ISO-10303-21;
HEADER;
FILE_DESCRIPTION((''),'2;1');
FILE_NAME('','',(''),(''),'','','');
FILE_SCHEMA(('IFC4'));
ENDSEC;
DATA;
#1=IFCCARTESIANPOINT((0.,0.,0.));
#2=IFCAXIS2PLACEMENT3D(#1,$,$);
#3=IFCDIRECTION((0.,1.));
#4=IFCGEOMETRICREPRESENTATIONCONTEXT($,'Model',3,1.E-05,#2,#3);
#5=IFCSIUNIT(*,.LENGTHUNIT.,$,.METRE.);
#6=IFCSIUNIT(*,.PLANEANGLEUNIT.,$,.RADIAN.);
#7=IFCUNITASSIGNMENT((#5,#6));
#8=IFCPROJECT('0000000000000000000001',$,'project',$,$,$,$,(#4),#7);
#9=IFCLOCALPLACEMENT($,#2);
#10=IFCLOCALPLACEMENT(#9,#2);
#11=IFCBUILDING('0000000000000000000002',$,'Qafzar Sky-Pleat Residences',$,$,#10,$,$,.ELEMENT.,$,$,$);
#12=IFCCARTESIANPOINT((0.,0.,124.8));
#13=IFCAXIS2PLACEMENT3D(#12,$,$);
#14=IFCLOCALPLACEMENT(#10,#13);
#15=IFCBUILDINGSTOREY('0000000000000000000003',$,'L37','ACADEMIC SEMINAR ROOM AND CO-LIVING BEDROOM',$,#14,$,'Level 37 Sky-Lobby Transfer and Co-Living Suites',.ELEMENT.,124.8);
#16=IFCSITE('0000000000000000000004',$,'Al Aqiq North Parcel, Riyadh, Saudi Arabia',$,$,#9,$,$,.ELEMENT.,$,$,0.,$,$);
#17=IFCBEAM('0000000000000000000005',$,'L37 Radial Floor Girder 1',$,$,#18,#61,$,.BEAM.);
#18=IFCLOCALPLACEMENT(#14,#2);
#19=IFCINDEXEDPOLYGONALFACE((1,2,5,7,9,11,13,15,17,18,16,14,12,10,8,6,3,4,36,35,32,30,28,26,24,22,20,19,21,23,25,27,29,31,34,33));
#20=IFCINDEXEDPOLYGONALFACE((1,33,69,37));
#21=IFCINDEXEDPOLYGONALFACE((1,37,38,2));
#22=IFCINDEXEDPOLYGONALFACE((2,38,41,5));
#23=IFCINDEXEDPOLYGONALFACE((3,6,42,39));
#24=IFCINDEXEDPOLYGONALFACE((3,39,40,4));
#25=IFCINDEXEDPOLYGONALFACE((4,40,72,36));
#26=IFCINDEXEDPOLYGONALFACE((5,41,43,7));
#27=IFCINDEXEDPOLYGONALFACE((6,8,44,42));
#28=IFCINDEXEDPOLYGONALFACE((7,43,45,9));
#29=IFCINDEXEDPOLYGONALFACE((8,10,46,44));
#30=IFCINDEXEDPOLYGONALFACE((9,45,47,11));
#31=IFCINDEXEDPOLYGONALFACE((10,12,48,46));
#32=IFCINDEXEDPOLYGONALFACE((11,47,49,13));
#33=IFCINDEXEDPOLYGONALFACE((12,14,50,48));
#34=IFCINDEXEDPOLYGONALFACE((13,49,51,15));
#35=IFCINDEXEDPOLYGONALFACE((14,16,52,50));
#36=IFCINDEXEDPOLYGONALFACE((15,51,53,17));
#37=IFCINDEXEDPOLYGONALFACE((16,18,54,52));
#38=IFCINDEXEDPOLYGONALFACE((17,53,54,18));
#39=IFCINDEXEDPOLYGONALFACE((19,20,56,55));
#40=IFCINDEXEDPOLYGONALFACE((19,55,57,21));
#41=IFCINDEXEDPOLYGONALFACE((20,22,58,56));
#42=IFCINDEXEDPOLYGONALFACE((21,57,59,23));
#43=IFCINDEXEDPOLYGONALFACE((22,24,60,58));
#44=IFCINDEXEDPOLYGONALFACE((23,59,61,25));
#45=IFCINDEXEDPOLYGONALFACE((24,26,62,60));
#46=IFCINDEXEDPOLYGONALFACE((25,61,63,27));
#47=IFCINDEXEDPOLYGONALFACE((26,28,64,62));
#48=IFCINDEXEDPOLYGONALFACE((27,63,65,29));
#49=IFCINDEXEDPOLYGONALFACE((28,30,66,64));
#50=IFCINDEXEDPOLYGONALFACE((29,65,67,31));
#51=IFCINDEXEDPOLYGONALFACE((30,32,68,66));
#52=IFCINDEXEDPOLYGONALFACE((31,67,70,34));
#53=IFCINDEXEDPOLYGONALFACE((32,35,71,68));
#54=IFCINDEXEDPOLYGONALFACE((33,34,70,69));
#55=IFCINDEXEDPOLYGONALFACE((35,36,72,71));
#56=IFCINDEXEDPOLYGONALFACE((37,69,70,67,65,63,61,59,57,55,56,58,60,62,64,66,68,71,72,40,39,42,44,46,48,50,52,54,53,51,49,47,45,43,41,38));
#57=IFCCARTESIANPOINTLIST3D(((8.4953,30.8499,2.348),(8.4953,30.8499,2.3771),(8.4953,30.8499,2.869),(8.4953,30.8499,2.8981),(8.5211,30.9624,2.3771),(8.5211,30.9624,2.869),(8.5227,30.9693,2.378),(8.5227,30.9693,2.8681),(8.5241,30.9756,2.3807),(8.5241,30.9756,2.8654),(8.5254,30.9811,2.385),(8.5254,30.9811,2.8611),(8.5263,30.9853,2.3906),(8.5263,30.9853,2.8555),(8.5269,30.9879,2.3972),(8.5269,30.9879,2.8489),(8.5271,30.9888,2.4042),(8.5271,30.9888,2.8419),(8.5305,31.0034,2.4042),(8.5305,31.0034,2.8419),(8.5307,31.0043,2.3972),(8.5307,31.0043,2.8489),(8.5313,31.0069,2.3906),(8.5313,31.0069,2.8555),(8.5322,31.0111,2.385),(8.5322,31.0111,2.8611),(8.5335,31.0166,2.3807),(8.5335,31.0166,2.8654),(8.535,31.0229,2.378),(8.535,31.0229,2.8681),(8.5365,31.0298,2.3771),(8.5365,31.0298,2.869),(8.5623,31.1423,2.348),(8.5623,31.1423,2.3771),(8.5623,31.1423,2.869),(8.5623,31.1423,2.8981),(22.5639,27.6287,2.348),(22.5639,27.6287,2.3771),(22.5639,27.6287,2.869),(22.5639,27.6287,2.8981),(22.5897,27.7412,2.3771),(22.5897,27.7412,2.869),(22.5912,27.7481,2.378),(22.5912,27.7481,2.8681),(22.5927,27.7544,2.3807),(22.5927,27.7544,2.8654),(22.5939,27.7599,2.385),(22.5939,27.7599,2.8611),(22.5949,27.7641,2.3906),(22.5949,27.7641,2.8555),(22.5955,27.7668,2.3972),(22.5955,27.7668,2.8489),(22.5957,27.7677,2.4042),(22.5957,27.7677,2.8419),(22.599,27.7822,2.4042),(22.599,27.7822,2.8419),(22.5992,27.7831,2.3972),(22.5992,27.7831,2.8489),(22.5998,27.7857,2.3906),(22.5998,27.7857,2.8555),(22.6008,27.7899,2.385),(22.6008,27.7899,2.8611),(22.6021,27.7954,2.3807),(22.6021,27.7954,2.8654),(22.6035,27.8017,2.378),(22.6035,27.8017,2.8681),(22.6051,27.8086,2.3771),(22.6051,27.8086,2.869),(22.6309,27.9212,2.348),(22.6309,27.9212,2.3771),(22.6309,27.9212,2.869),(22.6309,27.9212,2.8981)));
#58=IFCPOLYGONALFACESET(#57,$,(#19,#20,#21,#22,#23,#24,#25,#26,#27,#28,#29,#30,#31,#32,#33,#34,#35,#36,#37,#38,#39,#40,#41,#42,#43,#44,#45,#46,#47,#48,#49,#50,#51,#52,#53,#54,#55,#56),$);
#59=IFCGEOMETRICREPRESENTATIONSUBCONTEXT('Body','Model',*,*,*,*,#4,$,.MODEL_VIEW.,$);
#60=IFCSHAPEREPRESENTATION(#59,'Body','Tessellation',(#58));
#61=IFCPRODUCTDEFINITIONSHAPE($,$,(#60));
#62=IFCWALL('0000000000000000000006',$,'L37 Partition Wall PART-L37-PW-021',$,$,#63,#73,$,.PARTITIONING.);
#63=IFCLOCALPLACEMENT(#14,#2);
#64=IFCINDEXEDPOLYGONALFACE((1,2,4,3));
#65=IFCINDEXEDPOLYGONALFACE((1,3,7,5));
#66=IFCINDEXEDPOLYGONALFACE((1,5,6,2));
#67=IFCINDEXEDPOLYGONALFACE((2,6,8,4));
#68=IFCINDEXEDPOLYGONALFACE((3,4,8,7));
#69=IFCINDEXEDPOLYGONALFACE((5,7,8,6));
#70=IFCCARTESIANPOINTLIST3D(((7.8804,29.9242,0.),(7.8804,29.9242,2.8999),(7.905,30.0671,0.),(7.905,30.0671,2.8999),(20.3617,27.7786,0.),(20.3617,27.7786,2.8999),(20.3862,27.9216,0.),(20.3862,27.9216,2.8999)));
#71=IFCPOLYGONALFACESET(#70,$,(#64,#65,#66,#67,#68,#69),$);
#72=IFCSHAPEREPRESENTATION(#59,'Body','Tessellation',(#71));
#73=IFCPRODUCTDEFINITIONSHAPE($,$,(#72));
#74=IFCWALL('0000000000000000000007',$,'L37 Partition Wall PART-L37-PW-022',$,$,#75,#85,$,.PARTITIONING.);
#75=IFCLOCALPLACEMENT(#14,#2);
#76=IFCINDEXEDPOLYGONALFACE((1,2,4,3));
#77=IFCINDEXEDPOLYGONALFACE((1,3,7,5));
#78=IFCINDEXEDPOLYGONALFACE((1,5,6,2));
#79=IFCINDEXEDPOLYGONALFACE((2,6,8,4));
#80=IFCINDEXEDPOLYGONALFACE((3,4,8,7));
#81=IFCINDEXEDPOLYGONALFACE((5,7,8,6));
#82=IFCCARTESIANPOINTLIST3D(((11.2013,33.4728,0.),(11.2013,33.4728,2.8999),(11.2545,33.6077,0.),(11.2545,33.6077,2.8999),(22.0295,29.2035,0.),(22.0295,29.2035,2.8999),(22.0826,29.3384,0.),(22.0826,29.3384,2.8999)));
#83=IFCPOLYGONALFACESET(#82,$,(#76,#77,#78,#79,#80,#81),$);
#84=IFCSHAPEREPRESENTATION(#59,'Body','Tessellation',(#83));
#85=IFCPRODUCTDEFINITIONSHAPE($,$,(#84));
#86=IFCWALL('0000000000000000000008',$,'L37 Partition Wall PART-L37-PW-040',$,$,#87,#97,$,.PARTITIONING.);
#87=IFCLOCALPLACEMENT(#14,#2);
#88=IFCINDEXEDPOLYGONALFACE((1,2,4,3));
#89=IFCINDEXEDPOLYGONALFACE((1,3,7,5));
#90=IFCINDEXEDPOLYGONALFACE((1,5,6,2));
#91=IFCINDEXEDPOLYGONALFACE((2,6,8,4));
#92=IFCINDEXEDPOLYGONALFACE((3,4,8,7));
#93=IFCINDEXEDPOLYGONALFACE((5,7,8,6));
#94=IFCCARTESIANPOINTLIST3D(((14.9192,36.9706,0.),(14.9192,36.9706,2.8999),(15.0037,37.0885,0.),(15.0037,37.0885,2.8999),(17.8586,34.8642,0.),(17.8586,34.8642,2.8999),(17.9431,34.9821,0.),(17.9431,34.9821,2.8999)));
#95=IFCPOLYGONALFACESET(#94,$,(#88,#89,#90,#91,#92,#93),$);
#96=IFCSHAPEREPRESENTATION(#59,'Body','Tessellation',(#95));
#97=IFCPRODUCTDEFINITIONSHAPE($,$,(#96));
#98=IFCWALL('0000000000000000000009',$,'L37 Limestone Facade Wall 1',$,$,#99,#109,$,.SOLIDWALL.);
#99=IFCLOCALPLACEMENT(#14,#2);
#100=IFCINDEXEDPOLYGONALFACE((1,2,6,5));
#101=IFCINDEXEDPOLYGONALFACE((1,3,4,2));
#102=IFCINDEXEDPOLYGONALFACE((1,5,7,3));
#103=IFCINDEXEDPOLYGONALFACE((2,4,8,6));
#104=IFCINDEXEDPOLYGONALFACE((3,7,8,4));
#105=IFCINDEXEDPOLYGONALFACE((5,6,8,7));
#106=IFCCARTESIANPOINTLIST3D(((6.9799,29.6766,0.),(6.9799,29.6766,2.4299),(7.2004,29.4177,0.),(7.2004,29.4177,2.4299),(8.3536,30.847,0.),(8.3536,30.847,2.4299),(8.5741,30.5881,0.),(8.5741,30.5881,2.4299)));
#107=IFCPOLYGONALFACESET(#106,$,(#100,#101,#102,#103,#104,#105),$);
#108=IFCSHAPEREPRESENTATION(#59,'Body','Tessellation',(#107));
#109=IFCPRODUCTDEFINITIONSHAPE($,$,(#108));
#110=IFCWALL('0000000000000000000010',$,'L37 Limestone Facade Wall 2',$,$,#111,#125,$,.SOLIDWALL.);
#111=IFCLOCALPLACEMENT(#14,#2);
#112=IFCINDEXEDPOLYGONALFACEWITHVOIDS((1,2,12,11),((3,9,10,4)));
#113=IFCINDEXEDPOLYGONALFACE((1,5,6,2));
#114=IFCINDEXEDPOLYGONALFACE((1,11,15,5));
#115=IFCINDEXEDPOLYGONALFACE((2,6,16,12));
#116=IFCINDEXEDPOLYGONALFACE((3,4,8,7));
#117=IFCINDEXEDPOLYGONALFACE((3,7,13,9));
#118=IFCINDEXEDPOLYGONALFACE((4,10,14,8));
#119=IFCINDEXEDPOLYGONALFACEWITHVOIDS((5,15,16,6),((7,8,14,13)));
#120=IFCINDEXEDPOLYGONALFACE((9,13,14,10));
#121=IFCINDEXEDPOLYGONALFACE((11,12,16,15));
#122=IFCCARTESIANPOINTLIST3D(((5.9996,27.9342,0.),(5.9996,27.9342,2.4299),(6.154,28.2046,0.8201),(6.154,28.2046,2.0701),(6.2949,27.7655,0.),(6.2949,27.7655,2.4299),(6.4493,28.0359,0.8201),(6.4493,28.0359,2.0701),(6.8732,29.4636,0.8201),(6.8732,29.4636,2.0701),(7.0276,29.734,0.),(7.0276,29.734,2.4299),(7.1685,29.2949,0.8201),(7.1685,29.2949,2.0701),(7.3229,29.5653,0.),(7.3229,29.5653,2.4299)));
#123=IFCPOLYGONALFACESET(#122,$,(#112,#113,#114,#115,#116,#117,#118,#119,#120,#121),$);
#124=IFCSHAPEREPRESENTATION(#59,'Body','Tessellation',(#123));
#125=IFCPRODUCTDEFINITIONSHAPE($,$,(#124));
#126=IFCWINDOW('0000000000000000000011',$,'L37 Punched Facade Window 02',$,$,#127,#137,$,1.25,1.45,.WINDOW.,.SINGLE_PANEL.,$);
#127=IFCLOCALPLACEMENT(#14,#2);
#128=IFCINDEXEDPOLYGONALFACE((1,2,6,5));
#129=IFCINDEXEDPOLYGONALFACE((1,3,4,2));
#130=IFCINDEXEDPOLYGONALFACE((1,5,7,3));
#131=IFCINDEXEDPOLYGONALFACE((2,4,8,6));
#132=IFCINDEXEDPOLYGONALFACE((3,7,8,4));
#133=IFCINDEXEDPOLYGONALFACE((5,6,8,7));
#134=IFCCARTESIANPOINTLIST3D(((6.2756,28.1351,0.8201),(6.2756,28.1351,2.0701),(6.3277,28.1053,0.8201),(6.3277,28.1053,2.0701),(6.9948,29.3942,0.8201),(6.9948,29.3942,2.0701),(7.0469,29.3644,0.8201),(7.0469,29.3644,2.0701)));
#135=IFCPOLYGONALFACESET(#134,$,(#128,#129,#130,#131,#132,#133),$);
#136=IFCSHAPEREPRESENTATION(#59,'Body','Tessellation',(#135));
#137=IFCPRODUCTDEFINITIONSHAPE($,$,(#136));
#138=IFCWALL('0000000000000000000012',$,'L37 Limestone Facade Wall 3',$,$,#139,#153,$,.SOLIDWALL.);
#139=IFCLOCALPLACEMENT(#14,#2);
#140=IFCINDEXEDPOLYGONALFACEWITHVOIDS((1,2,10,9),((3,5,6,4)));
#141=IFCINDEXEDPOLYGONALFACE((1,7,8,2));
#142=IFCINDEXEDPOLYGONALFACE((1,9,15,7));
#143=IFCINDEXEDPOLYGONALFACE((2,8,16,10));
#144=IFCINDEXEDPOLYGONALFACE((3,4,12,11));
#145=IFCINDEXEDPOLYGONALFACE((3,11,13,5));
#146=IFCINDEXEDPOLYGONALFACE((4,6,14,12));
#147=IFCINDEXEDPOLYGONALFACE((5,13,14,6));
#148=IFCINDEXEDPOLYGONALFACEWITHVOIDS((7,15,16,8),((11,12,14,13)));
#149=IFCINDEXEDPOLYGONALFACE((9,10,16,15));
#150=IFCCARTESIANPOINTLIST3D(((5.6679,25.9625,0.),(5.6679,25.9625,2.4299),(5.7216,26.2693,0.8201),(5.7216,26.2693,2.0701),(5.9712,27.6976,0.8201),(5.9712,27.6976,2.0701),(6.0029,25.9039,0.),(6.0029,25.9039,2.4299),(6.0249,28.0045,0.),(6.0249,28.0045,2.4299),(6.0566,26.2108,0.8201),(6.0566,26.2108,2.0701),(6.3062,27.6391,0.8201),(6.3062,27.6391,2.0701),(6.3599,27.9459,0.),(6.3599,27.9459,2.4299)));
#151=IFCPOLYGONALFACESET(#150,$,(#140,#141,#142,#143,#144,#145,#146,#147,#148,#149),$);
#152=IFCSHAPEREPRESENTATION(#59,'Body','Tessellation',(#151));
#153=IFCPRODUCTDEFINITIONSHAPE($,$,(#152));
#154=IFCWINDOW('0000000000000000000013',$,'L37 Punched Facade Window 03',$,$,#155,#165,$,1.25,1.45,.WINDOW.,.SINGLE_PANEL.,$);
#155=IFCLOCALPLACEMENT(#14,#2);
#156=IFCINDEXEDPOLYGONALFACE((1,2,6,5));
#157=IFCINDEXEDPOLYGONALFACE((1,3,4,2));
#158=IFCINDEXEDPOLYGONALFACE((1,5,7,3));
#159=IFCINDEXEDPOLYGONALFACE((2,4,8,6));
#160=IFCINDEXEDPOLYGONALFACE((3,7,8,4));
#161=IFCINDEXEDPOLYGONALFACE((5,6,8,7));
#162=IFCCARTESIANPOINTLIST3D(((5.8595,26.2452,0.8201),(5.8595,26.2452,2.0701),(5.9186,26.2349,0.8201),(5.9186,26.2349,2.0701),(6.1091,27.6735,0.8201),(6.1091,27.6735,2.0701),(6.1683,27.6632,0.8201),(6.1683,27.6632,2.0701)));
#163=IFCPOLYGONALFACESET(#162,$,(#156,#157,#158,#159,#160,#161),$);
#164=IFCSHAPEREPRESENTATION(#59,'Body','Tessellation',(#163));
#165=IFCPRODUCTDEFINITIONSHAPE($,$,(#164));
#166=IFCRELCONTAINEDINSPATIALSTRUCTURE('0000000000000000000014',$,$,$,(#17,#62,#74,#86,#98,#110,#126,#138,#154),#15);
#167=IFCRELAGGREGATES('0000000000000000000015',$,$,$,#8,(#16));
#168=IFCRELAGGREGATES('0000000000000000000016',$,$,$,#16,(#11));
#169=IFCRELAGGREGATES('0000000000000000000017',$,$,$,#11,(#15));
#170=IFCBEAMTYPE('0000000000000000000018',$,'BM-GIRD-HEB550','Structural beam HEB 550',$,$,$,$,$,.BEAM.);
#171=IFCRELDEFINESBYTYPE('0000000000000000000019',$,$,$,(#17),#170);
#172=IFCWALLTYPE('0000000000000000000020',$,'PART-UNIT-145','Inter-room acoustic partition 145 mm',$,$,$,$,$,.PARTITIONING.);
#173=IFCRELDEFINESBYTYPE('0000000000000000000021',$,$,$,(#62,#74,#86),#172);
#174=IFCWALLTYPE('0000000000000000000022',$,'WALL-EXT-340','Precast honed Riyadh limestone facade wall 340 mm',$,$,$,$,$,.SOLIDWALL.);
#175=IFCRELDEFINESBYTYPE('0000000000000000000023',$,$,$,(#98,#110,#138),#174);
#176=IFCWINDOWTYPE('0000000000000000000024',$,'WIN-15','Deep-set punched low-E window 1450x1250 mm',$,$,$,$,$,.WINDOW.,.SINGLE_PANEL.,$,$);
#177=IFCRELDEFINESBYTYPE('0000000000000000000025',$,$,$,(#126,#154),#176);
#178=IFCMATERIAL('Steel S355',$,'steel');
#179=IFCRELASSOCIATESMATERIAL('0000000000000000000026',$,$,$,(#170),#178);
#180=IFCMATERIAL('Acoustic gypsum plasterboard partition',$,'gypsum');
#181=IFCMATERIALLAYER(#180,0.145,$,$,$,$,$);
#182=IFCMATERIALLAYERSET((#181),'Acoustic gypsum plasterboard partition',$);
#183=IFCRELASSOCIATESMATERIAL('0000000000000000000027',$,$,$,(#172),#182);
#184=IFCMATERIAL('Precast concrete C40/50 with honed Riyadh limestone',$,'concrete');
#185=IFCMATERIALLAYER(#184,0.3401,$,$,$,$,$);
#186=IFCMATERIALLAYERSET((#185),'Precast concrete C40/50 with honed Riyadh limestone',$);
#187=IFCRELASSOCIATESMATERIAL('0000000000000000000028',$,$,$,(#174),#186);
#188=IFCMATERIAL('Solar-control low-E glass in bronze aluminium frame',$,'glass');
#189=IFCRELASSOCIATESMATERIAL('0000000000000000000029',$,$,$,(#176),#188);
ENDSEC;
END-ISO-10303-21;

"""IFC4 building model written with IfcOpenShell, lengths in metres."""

from ifc_helpers import new_model, si_unit, direction, frame, frame_2d, origin, origin_2d, place, context, subcontext, project, spatial, rectangle, i_section, extrude, source, transform, mapped, material, layer, layer_set, material_profile, profile_set, type_object, element, fill, save


model = new_model("IFC4")

# Units and contexts
model_context = context("Model", 3, precision=1e-05, world=origin(), true_north=direction((0.0, 1.0)))
body_context = subcontext(model_context, "Body", "Model", "MODEL_VIEW")
ifc_project = project(units=[si_unit("LENGTHUNIT", "METRE"), si_unit("PLANEANGLEUNIT", "RADIAN")], contexts=[model_context])

# Site, building, storey
site_placement = place(None, origin())
site = spatial("IfcSite", under=ifc_project, at=site_placement, Name="Al Aqiq North Parcel, Riyadh, Saudi Arabia", CompositionType="ELEMENT", RefElevation=0.0)
building_placement = place(site_placement, origin())
building = spatial("IfcBuilding", under=site, at=building_placement, Name="Qafzar Sky-Pleat Residences", CompositionType="ELEMENT")
storey_placement = place(building_placement, frame((0.0, 0.0, 124.8)))
storey = spatial("IfcBuildingStorey", under=building, at=storey_placement, Name="L37", Description="ACADEMIC SEMINAR ROOM AND CO-LIVING BEDROOM", LongName="Level 37 Sky-Lobby Transfer and Co-Living Suites", CompositionType="ELEMENT", Elevation=124.8)

# Beam
ifc_material_1 = material(Name="Steel S355", Category="steel")
ifc_material_profile_1 = material_profile(ifc_material_1, i_section(OverallWidth=0.3, OverallDepth=0.55, WebThickness=0.0149, FlangeThickness=0.0291, FilletRadius=0.0271, at=origin_2d()), Name="HEB 550")
ifc_profile_set_1 = profile_set([ifc_material_profile_1], Name="Steel S355")
beam_type_1 = type_object("IfcBeamType", Name="BM-GIRD-HEB550", Description="Structural beam HEB 550", PredefinedType="BEAM", material=ifc_profile_set_1)
shared_shape_1 = source(origin(), body_context, "Body", "SweptSolid", [
    extrude(i_section(OverallWidth=0.3, OverallDepth=0.55, WebThickness=0.0149, FlangeThickness=0.0291, FilletRadius=0.0271, at=origin_2d()), origin(), (0.0, 0.0, 1.0), 14.4326),
])
beam_1_placement = place(storey_placement, frame((8.5288, 30.9961, 2.623), z_axis=(0.974776, -0.223188, 0.0), x_axis=(0.223188, 0.974776, 0.0)))
element("IfcBeam", 1, at=beam_1_placement, inside=storey, type_object=beam_type_1, Name="L37 Radial Floor Girder 1", PredefinedType="BEAM", context=body_context, shape_type="MappedRepresentation", body=[
    mapped(shared_shape_1, transform((0.0, 0.0, 0.0), x_axis=(1.0, 0.0, 0.0), y_axis=(0.0, 1.0, 0.0), z_axis=(0.0, 0.0, 1.0), scale=1.0)),
])

# Walls
ifc_material_2 = material(Name="Acoustic gypsum plasterboard partition", Category="gypsum")
ifc_layer_1 = layer(ifc_material_2, 0.145)
ifc_layer_set_1 = layer_set([ifc_layer_1], Name="Acoustic gypsum plasterboard partition")
wall_type_1 = type_object("IfcWallType", Name="PART-UNIT-145", Description="Inter-room acoustic partition 145 mm", PredefinedType="PARTITIONING", material=ifc_layer_set_1)
wall_1_placement = place(storey_placement, frame((7.8928, 29.9956, 0.0), z_axis=(0.0, 0.0, 1.0), x_axis=(0.985545, -0.169414, 0.0)))
element("IfcWall", 2, at=wall_1_placement, inside=storey, type_object=wall_type_1, Name="L37 Partition Wall PART-L37-PW-021", PredefinedType="PARTITIONING", context=body_context, shape_type="SweptSolid", body=[
    extrude(rectangle(XDim=12.6643, YDim=0.145, at=frame_2d((6.332, 0.0))), origin(), (0.0, 0.0, 1.0), 2.8999),
])
wall_2_placement = place(storey_placement, frame((11.2278, 33.5403, 0.0), z_axis=(0.0, 0.0, 1.0), x_axis=(0.930301, -0.366797, 0.0)))
element("IfcWall", 3, at=wall_2_placement, inside=storey, type_object=wall_type_1, Name="L37 Partition Wall PART-L37-PW-022", PredefinedType="PARTITIONING", context=body_context, shape_type="SweptSolid", body=[
    extrude(rectangle(XDim=11.6394, YDim=0.145, at=frame_2d((5.8198, 0.0))), origin(), (0.0, 0.0, 1.0), 2.8999),
])
wall_3_placement = place(storey_placement, frame((14.9614, 37.0295, 0.0), z_axis=(0.0, 0.0, 1.0), x_axis=(0.812838, -0.582489, 0.0)))
element("IfcWall", 4, at=wall_3_placement, inside=storey, type_object=wall_type_1, Name="L37 Partition Wall PART-L37-PW-040", PredefinedType="PARTITIONING", context=body_context, shape_type="SweptSolid", body=[
    extrude(rectangle(XDim=3.6162, YDim=0.145, at=frame_2d((1.8081, 0.0))), origin(), (0.0, 0.0, 1.0), 2.8999),
])
ifc_material_3 = material(Name="Precast concrete C40/50 with honed Riyadh limestone", Category="concrete")
ifc_layer_2 = layer(ifc_material_3, 0.3401)
ifc_layer_set_2 = layer_set([ifc_layer_2], Name="Precast concrete C40/50 with honed Riyadh limestone")
wall_type_2 = type_object("IfcWallType", Name="WALL-EXT-340", Description="Precast honed Riyadh limestone facade wall 340 mm", PredefinedType="SOLIDWALL", material=ifc_layer_set_2)
wall_4_placement = place(storey_placement, frame((8.4639, 30.7175, 0.0), z_axis=(0.0, 0.0, 1.0), x_axis=(-0.761201, -0.648516, 0.0)))
element("IfcWall", 5, at=wall_4_placement, inside=storey, type_object=wall_type_2, Name="L37 Limestone Facade Wall 1", PredefinedType="SOLIDWALL", context=body_context, shape_type="SweptSolid", body=[
    extrude(rectangle(XDim=1.8047, YDim=0.3401, at=frame_2d((0.9023, 0.0))), origin(), (0.0, 0.0, 1.0), 2.4299),
])

# Walls, openings, windows
wall_5_placement = place(storey_placement, frame((7.1753, 29.6497, 0.0), z_axis=(0.0, 0.0, 1.0), x_axis=(-0.495999, -0.868323, 0.0)))
wall_5 = element("IfcWall", 6, at=wall_5_placement, inside=storey, type_object=wall_type_2, Name="L37 Limestone Facade Wall 2", PredefinedType="SOLIDWALL", context=body_context, shape_type="SweptSolid", body=[
    extrude(rectangle(XDim=2.0728, YDim=0.3401, at=frame_2d((1.0364, 0.0))), origin(), (0.0, 0.0, 1.0), 2.4299),
])
opening_1_placement = place(wall_5_placement, frame((0.3113, 0.0, 0.8201)))
opening_1 = element("IfcOpeningElement", 7, at=opening_1_placement, cuts=wall_5, PredefinedType="OPENING", context=body_context, shape_type="SweptSolid", body=[
    extrude(rectangle(XDim=1.45, YDim=1.25, at=frame_2d((0.7251, 0.625))), frame((0.0, 0.1802, 0.0), z_axis=(0.0, -1.0, 0.0), x_axis=(1.0, 0.0, 0.0)), (0.0, 0.0, 1.0), 0.3601),
])
ifc_material_4 = material(Name="Solar-control low-E glass in bronze aluminium frame", Category="glass")
window_type_1 = type_object("IfcWindowType", Name="WIN-15", Description="Deep-set punched low-E window 1450x1250 mm", PartitioningType="SINGLE_PANEL", PredefinedType="WINDOW", material=ifc_material_4)
shared_shape_2 = source(origin(), body_context, "Body", "SweptSolid", [
    extrude(rectangle(XDim=1.45, YDim=1.25, at=frame_2d((0.7251, 0.625))), frame((0.0, 0.03, 0.0), z_axis=(0.0, -1.0, 0.0), x_axis=(1.0, 0.0, 0.0)), (0.0, 0.0, 1.0), 0.0601),
])
window_1_placement = place(opening_1_placement, origin())
window_1 = element("IfcWindow", 8, at=window_1_placement, inside=storey, type_object=window_type_1, Name="L37 Punched Facade Window 02", OverallHeight=1.25, OverallWidth=1.45, PartitioningType="SINGLE_PANEL", PredefinedType="WINDOW", context=body_context, shape_type="MappedRepresentation", body=[
    mapped(shared_shape_2, transform((0.0, 0.0, 0.0), x_axis=(1.0, 0.0, 0.0), y_axis=(0.0, 1.0, 0.0), z_axis=(0.0, 0.0, 1.0), scale=1.0)),
])
fill(opening_1, window_1)
wall_6_placement = place(storey_placement, frame((6.1924, 27.9753, 0.0), z_axis=(0.0, 0.0, 1.0), x_axis=(-0.172186, -0.985064, 0.0)))
wall_6 = element("IfcWall", 9, at=wall_6_placement, inside=storey, type_object=wall_type_2, Name="L37 Limestone Facade Wall 3", PredefinedType="SOLIDWALL", context=body_context, shape_type="SweptSolid", body=[
    extrude(rectangle(XDim=2.073, YDim=0.3401, at=frame_2d((1.0366, 0.0))), origin(), (0.0, 0.0, 1.0), 2.4299),
])
opening_2_placement = place(wall_6_placement, frame((0.3115, 0.0, 0.8201)))
opening_2 = element("IfcOpeningElement", 10, at=opening_2_placement, cuts=wall_6, PredefinedType="OPENING", context=body_context, shape_type="SweptSolid", body=[
    extrude(rectangle(XDim=1.45, YDim=1.25, at=frame_2d((0.7251, 0.625))), frame((0.0, 0.1802, 0.0), z_axis=(0.0, -1.0, 0.0), x_axis=(1.0, 0.0, 0.0)), (0.0, 0.0, 1.0), 0.3601),
])
window_2_placement = place(opening_2_placement, origin())
window_2 = element("IfcWindow", 11, at=window_2_placement, inside=storey, type_object=window_type_1, Name="L37 Punched Facade Window 03", OverallHeight=1.25, OverallWidth=1.45, PartitioningType="SINGLE_PANEL", PredefinedType="WINDOW", context=body_context, shape_type="MappedRepresentation", body=[
    mapped(shared_shape_2, transform((0.0, 0.0, 0.0), x_axis=(1.0, 0.0, 0.0), y_axis=(0.0, 1.0, 0.0), z_axis=(0.0, 0.0, 1.0), scale=1.0)),
])
fill(opening_2, window_2)

save(model, "model.ifc")
